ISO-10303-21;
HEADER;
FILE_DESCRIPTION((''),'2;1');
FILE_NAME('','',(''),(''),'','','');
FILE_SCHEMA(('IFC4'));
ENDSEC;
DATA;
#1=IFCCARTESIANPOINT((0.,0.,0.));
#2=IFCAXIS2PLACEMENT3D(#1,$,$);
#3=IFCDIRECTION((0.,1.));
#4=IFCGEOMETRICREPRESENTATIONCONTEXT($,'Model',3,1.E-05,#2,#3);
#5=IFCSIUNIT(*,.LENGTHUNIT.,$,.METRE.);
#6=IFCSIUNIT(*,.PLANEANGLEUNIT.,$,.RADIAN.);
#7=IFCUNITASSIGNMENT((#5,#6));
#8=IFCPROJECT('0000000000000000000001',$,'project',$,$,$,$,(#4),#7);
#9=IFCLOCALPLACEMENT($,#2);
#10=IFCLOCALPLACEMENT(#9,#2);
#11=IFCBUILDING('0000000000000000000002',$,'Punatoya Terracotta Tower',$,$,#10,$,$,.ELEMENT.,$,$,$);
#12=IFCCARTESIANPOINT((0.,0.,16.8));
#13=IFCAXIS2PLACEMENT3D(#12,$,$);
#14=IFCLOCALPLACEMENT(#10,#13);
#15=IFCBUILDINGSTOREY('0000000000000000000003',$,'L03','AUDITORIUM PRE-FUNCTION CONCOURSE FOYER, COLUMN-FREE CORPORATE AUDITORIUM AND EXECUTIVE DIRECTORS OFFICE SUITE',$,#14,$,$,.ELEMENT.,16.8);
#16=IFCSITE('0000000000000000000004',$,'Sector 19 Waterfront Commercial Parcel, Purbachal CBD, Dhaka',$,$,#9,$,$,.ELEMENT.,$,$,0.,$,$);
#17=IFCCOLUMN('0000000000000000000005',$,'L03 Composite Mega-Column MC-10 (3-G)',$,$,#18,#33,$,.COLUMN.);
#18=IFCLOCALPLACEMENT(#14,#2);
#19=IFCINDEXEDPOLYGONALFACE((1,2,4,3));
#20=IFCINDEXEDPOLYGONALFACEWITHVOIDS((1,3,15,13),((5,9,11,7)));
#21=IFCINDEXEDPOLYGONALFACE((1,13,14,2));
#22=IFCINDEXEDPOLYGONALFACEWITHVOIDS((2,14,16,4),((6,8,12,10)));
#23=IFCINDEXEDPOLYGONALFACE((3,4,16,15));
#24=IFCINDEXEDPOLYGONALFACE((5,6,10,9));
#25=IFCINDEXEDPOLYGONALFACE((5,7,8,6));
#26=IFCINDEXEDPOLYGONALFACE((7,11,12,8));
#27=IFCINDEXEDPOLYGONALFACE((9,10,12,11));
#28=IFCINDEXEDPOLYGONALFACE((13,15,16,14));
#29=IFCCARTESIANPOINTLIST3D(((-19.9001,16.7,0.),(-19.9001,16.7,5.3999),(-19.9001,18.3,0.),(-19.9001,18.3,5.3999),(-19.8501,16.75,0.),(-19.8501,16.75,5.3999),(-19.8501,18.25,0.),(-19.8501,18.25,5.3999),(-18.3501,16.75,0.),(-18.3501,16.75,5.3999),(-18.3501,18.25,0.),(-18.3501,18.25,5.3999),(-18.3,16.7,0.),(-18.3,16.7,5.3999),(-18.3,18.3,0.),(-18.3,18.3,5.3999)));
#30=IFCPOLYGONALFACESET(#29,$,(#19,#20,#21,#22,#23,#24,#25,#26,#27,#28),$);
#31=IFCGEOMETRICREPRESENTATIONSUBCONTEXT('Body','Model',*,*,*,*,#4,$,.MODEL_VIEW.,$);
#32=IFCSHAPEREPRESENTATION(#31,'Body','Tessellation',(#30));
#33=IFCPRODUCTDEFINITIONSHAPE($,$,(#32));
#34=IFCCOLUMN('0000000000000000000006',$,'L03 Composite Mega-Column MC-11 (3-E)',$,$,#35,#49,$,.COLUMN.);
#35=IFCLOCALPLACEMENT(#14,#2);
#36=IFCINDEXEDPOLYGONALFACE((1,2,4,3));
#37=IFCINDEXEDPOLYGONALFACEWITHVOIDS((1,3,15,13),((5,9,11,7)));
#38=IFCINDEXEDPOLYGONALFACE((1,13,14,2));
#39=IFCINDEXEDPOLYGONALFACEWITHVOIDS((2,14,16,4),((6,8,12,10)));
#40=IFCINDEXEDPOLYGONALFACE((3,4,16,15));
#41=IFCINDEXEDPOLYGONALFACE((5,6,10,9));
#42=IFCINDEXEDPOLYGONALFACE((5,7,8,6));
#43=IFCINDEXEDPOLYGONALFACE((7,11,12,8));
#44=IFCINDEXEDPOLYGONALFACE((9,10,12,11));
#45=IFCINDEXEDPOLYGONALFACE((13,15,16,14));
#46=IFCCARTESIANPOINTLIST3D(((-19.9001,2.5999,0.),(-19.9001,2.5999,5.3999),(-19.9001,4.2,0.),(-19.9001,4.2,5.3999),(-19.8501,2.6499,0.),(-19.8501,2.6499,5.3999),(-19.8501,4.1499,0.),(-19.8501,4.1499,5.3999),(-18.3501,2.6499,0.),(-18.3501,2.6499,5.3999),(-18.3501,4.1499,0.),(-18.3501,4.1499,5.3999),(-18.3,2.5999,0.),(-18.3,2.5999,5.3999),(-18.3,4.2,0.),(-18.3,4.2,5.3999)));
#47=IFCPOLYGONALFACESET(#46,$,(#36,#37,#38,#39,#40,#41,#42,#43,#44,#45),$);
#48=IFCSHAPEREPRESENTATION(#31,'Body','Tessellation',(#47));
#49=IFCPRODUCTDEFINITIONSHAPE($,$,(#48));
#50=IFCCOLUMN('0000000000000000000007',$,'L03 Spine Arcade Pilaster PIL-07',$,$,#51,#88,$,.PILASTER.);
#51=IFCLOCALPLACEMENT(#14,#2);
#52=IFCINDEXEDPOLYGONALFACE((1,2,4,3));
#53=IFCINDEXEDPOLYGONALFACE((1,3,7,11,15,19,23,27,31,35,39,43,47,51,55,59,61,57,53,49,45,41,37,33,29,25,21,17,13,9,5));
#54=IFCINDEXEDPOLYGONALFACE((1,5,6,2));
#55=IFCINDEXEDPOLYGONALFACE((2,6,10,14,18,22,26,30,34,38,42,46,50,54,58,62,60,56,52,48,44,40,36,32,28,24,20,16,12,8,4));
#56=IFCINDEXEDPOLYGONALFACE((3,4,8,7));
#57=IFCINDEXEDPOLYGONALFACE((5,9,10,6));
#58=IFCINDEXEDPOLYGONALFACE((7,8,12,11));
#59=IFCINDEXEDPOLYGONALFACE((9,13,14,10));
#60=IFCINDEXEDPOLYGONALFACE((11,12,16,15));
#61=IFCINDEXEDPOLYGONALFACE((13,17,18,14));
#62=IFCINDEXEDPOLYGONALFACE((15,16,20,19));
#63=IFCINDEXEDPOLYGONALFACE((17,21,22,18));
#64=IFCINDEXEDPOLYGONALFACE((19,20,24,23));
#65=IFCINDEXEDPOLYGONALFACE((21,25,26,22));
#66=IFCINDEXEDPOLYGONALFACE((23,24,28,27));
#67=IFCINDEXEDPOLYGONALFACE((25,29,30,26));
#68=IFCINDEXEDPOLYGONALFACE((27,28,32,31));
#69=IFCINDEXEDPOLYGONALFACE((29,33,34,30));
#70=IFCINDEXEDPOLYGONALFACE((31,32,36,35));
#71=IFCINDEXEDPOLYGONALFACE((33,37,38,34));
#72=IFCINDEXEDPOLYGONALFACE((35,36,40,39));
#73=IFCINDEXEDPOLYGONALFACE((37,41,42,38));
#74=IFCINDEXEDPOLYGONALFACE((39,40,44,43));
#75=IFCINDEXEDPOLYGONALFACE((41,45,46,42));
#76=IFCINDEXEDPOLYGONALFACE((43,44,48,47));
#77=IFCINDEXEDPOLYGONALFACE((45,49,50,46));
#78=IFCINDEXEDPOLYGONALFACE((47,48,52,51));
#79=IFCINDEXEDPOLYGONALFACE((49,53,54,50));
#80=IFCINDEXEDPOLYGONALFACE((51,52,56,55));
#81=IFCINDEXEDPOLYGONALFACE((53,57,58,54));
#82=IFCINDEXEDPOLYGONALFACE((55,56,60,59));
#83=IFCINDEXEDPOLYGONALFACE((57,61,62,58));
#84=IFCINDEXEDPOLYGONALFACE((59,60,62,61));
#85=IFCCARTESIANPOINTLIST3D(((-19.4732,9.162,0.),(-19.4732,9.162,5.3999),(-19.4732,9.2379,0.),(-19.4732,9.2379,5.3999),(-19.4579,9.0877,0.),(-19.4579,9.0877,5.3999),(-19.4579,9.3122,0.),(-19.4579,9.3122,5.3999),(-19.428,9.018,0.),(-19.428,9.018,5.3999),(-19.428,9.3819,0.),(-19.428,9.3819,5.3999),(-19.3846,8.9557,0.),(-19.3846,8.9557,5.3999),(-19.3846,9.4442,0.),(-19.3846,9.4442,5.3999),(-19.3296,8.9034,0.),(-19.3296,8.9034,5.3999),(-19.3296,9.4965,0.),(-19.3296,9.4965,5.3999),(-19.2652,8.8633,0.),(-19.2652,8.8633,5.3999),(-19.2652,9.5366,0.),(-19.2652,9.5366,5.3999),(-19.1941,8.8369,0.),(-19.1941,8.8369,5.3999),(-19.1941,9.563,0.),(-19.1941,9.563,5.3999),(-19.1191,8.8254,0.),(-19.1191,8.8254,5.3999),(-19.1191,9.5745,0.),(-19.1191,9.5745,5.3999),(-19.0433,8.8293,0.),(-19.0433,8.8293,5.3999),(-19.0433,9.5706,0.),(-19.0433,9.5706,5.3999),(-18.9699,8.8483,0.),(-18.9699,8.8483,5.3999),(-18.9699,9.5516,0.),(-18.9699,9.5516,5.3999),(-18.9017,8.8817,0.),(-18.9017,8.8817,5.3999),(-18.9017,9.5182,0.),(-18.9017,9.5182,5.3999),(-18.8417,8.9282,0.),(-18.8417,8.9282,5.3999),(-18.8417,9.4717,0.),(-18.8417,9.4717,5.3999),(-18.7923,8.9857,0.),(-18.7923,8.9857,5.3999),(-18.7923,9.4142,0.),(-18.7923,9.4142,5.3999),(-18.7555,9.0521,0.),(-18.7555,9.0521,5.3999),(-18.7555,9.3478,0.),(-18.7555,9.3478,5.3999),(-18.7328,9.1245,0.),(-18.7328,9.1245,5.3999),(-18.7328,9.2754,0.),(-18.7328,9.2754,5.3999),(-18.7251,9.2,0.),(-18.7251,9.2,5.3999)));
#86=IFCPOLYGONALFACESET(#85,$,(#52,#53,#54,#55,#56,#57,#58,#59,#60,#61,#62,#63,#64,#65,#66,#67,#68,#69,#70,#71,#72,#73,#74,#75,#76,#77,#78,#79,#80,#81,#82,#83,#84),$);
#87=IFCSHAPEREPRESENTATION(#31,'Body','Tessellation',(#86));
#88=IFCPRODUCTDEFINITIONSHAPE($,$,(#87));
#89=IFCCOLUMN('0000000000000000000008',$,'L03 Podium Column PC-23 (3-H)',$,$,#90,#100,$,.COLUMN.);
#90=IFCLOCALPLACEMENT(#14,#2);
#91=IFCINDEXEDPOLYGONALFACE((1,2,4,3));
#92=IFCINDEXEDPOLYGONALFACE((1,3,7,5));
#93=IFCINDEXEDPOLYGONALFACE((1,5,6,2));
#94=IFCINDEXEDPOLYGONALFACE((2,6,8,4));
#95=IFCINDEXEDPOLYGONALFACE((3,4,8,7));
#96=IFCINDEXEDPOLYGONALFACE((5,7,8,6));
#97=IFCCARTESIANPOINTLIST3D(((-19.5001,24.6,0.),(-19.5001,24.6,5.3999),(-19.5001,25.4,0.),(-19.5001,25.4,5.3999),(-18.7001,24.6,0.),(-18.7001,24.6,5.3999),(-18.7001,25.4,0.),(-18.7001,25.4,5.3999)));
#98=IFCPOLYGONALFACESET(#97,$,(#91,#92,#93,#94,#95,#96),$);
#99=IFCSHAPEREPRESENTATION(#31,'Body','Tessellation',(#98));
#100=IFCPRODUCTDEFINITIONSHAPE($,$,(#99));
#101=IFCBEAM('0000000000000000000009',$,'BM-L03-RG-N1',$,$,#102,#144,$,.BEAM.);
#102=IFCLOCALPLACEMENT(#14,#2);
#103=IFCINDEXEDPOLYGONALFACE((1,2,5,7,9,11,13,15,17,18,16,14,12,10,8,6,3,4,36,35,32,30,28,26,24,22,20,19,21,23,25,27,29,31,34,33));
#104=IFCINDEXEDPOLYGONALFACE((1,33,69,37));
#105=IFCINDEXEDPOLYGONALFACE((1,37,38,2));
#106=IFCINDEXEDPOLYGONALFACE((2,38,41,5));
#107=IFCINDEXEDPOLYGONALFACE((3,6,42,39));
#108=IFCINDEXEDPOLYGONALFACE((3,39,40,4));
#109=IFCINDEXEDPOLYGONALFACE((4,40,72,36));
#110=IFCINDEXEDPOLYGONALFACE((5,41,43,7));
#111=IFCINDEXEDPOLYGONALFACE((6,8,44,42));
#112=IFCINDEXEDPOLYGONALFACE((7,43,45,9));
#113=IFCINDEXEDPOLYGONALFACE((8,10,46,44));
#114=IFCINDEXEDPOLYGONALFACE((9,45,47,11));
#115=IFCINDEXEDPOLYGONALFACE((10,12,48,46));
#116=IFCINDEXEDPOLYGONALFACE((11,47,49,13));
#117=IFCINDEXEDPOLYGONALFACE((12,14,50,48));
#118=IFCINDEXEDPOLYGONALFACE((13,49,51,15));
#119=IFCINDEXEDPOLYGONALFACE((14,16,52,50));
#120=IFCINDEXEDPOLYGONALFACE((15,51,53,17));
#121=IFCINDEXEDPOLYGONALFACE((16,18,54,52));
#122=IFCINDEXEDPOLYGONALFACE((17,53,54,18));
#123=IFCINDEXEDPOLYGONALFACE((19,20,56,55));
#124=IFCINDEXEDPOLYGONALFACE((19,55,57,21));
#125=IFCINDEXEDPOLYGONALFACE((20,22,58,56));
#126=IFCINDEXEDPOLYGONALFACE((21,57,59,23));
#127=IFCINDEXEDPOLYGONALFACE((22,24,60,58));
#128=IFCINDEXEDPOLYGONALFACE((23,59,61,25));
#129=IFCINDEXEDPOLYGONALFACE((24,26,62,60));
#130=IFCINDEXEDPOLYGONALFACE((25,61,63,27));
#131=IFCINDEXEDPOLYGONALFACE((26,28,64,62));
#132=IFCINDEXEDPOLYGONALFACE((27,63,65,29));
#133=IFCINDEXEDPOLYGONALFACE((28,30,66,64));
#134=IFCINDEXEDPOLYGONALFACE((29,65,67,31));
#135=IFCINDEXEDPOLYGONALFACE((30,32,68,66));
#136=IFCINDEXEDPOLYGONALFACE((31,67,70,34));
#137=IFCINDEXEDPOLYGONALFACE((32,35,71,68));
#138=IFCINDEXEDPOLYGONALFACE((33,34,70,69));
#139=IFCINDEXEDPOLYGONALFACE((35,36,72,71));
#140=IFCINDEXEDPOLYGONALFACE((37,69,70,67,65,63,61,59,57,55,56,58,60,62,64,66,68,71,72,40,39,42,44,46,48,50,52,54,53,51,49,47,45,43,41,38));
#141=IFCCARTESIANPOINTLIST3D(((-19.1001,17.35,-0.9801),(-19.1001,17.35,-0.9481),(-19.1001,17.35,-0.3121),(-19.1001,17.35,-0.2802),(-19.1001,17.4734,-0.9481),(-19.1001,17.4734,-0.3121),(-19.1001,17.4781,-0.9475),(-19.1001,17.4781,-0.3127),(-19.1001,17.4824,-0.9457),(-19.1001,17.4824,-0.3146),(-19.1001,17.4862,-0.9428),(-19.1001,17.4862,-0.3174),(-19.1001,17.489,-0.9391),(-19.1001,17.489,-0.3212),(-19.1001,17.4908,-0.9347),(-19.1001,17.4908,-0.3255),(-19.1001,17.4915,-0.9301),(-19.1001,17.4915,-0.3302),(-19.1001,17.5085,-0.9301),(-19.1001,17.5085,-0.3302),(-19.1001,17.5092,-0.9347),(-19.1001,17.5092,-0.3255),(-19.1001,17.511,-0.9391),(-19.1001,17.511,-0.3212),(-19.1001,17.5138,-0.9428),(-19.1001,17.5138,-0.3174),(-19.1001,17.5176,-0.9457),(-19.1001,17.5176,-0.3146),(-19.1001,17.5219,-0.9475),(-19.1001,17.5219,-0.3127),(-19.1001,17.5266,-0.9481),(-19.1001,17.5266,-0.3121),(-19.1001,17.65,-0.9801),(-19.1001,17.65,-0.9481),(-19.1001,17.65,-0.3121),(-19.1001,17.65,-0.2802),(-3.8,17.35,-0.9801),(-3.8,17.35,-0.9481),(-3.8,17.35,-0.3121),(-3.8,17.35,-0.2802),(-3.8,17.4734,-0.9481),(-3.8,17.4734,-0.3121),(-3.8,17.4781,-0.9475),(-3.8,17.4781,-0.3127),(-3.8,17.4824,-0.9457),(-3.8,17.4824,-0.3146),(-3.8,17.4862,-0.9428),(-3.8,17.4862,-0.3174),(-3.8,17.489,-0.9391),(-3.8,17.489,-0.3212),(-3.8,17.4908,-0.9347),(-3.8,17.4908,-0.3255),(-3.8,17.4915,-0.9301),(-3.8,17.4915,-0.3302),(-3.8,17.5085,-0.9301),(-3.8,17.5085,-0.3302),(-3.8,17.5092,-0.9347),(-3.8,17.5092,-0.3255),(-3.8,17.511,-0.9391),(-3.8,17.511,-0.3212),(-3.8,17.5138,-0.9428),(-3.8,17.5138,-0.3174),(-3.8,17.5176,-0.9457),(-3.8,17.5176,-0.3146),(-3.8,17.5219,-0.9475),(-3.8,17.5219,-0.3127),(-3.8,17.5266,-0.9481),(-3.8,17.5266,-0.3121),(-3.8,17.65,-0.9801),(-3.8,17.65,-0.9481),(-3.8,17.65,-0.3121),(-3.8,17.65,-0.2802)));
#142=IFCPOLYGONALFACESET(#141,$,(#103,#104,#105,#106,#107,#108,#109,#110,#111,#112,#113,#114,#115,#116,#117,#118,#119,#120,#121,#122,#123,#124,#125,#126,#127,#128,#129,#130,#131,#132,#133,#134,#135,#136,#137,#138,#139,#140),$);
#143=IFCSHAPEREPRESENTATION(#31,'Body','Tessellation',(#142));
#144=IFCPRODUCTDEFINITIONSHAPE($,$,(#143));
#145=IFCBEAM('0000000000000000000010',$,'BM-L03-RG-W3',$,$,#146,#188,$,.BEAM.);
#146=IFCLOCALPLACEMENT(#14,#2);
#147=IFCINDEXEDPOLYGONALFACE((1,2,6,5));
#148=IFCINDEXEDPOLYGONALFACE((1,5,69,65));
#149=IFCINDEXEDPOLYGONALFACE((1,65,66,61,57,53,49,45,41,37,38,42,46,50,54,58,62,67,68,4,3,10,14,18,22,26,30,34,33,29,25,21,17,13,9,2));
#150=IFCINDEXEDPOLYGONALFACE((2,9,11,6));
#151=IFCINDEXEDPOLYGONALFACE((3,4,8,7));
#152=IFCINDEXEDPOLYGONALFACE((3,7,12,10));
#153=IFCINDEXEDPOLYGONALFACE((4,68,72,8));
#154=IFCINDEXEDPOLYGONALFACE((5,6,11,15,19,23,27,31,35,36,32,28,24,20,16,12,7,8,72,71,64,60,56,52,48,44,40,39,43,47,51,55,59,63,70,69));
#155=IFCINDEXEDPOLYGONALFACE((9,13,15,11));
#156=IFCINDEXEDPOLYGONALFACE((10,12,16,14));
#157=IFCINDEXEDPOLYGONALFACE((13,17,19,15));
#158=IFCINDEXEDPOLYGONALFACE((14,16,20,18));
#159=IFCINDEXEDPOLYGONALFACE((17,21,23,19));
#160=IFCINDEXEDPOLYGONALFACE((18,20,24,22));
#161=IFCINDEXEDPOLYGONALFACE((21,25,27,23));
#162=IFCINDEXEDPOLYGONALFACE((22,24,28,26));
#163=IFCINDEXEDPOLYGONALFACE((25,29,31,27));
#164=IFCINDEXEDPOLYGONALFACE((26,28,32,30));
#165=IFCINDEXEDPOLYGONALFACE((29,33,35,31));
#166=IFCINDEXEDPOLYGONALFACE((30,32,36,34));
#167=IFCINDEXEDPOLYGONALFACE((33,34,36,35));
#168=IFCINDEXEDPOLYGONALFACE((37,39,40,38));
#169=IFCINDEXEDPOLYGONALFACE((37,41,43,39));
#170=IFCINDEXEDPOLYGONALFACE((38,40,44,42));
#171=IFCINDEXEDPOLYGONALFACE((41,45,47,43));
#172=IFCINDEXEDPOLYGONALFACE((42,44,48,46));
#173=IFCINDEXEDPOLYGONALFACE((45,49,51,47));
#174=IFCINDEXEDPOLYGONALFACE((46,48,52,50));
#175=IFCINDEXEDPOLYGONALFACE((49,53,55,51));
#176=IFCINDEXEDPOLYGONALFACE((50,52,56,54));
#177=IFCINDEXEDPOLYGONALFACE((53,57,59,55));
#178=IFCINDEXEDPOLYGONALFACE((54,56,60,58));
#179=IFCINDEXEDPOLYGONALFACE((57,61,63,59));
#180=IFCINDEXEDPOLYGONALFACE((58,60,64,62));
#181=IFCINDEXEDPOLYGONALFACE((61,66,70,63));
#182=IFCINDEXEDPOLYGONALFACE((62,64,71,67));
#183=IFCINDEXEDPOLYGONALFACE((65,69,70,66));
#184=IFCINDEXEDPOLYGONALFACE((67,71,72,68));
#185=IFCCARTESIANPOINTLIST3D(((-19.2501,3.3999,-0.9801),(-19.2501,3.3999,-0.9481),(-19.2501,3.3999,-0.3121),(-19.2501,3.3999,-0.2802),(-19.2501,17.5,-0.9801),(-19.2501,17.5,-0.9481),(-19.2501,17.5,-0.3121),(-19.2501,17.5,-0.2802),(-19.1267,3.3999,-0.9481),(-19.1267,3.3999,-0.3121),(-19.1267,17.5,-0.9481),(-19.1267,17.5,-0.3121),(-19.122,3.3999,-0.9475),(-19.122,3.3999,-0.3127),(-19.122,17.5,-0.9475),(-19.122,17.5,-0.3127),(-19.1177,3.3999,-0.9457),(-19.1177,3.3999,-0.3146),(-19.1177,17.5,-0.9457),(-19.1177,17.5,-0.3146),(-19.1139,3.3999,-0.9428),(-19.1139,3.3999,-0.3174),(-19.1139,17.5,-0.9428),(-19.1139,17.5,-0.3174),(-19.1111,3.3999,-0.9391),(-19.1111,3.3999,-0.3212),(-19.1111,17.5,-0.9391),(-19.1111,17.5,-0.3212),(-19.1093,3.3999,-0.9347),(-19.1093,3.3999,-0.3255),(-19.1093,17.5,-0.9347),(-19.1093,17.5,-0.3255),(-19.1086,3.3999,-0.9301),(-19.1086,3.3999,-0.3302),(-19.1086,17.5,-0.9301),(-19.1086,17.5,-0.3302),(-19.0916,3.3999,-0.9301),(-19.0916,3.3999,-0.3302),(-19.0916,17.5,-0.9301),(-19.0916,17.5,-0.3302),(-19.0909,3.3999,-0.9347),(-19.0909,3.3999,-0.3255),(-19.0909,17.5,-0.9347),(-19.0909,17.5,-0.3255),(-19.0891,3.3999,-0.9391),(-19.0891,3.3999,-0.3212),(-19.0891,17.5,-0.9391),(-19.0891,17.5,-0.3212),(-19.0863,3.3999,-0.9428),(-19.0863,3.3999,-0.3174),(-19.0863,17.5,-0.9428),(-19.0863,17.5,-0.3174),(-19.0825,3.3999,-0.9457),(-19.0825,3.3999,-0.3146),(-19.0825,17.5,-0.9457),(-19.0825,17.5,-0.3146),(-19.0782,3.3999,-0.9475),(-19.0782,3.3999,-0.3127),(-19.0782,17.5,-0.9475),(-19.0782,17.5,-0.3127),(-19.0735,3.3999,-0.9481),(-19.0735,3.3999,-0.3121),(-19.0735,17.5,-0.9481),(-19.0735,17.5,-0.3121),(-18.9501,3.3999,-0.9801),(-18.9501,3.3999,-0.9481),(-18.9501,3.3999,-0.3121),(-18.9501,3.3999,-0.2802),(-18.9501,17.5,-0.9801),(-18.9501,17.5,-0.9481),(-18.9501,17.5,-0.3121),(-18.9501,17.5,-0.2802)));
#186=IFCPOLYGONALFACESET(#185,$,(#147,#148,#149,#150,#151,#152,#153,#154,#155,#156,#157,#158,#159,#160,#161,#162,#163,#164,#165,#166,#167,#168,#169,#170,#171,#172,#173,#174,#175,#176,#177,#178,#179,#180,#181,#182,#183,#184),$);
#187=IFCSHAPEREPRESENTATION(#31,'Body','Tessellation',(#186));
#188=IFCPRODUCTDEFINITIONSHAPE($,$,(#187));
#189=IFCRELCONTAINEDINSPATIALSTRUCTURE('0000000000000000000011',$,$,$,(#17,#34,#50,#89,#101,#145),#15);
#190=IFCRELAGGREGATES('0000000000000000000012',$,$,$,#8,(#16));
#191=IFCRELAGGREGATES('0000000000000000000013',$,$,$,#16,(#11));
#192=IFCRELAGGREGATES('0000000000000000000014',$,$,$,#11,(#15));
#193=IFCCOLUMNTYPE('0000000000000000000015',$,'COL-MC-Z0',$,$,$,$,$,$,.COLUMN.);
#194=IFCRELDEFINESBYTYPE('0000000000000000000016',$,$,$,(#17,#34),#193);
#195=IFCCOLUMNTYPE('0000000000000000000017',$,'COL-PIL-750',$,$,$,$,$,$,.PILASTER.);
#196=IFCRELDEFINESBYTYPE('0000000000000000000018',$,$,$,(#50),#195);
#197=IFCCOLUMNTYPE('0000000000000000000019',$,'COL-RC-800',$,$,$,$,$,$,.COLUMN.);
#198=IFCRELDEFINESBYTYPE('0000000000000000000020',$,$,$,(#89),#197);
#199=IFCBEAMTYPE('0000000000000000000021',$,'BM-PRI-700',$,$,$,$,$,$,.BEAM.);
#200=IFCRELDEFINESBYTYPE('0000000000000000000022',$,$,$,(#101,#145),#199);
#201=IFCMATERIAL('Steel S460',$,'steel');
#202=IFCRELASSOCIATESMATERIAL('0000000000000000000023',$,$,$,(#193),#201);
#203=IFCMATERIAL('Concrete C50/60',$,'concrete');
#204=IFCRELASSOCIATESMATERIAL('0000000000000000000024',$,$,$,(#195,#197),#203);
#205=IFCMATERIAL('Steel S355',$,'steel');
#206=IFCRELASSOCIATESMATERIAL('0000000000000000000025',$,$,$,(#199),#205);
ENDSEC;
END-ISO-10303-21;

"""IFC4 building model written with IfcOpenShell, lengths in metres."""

from ifc_helpers import new_model, si_unit, direction, frame, origin, origin_2d, place, context, subcontext, project, spatial, rectangle, hollow_rectangle, circle, i_section, extrude, material, material_profile, profile_set, type_object, element, save


model = new_model("IFC4")

# Units and contexts
model_context = context("Model", 3, precision=1e-05, world=origin(), true_north=direction((0.0, 1.0)))
body_context = subcontext(model_context, "Body", "Model", "MODEL_VIEW")
ifc_project = project(units=[si_unit("LENGTHUNIT", "METRE"), si_unit("PLANEANGLEUNIT", "RADIAN")], contexts=[model_context])

# Site, building, storey
site_placement = place(None, origin())
site = spatial("IfcSite", under=ifc_project, at=site_placement, Name="Sector 19 Waterfront Commercial Parcel, Purbachal CBD, Dhaka", CompositionType="ELEMENT", RefElevation=0.0)
building_placement = place(site_placement, origin())
building = spatial("IfcBuilding", under=site, at=building_placement, Name="Punatoya Terracotta Tower", CompositionType="ELEMENT")
storey_placement = place(building_placement, frame((0.0, 0.0, 16.8)))
storey = spatial("IfcBuildingStorey", under=building, at=storey_placement, Name="L03", Description="AUDITORIUM PRE-FUNCTION CONCOURSE FOYER, COLUMN-FREE CORPORATE AUDITORIUM AND EXECUTIVE DIRECTORS OFFICE SUITE", CompositionType="ELEMENT", Elevation=16.8)

# Columns
ifc_material_1 = material(Name="Steel S460", Category="steel")
ifc_material_profile_1 = material_profile(ifc_material_1, hollow_rectangle(XDim=1.6001, YDim=1.6001, WallThickness=0.05, at=origin_2d()))
ifc_profile_set_1 = profile_set([ifc_material_profile_1], Name="Steel S460")
column_type_1 = type_object("IfcColumnType", Name="COL-MC-Z0", PredefinedType="COLUMN", material=ifc_profile_set_1)
for number, where, z_axis, x_axis, name in (
    (1, (-19.1001, 17.5, 0.0), (0.0, 0.0, 1.0), (1.0, 0.0, 0.0), "L03 Composite Mega-Column MC-10 (3-G)"),
    (2, (-19.1001, 3.3999, 0.0), (0.0, 0.0, 1.0), (1.0, 0.0, 0.0), "L03 Composite Mega-Column MC-11 (3-E)"),
):
    element("IfcColumn", number, at=place(storey_placement, frame(where, z_axis=z_axis, x_axis=x_axis)), inside=storey, type_object=column_type_1, Name=name, PredefinedType="COLUMN", context=body_context, shape_type="SweptSolid", body=[
        extrude(hollow_rectangle(XDim=1.6001, YDim=1.6001, WallThickness=0.05, at=origin_2d()), origin(), (0.0, 0.0, 1.0), 5.3999),
    ])
ifc_material_2 = material(Name="Concrete C50/60", Category="concrete")
ifc_material_profile_2 = material_profile(ifc_material_2, circle(Radius=0.375, at=origin_2d()))
ifc_profile_set_2 = profile_set([ifc_material_profile_2], Name="Concrete C50/60")
column_type_2 = type_object("IfcColumnType", Name="COL-PIL-750", PredefinedType="PILASTER", material=ifc_profile_set_2)
column_1_placement = place(storey_placement, frame((-19.1001, 9.2, 0.0), z_axis=(0.0, 0.0, 1.0), x_axis=(1.0, 0.0, 0.0)))
element("IfcColumn", 3, at=column_1_placement, inside=storey, type_object=column_type_2, Name="L03 Spine Arcade Pilaster PIL-07", PredefinedType="PILASTER", context=body_context, shape_type="SweptSolid", body=[
    extrude(circle(Radius=0.375, at=origin_2d()), origin(), (0.0, 0.0, 1.0), 5.3999),
])
ifc_material_profile_3 = material_profile(ifc_material_2, rectangle(XDim=0.8, YDim=0.8, at=origin_2d()))
ifc_profile_set_3 = profile_set([ifc_material_profile_3], Name="Concrete C50/60")
column_type_3 = type_object("IfcColumnType", Name="COL-RC-800", PredefinedType="COLUMN", material=ifc_profile_set_3)
column_2_placement = place(storey_placement, frame((-19.1001, 25.0, 0.0), z_axis=(0.0, 0.0, 1.0), x_axis=(1.0, 0.0, 0.0)))
element("IfcColumn", 4, at=column_2_placement, inside=storey, type_object=column_type_3, Name="L03 Podium Column PC-23 (3-H)", PredefinedType="COLUMN", context=body_context, shape_type="SweptSolid", body=[
    extrude(rectangle(XDim=0.8, YDim=0.8, at=origin_2d()), origin(), (0.0, 0.0, 1.0), 5.3999),
])

# Beams
ifc_material_3 = material(Name="Steel S355", Category="steel")
ifc_material_profile_4 = material_profile(ifc_material_3, i_section(OverallWidth=0.3, OverallDepth=0.7, WebThickness=0.0171, FlangeThickness=0.032, FilletRadius=0.0181, at=origin_2d()))
ifc_profile_set_4 = profile_set([ifc_material_profile_4], Name="Steel S355")
beam_type_1 = type_object("IfcBeamType", Name="BM-PRI-700", PredefinedType="BEAM", material=ifc_profile_set_4)
beam_1_placement = place(storey_placement, frame((-19.1001, 17.5, -0.6301), z_axis=(1.0, 0.0, 0.0), x_axis=(0.0, 1.0, 0.0)))
element("IfcBeam", 5, at=beam_1_placement, inside=storey, type_object=beam_type_1, Name="BM-L03-RG-N1", PredefinedType="BEAM", context=body_context, shape_type="SweptSolid", body=[
    extrude(i_section(OverallWidth=0.3, OverallDepth=0.7, WebThickness=0.0171, FlangeThickness=0.032, FilletRadius=0.0181, at=origin_2d()), origin(), (0.0, 0.0, 1.0), 15.3),
])
beam_2_placement = place(storey_placement, frame((-19.1001, 3.3999, -0.6301), z_axis=(0.0, 1.0, 0.0), x_axis=(-1.0, 0.0, 0.0)))
element("IfcBeam", 6, at=beam_2_placement, inside=storey, type_object=beam_type_1, Name="BM-L03-RG-W3", PredefinedType="BEAM", context=body_context, shape_type="SweptSolid", body=[
    extrude(i_section(OverallWidth=0.3, OverallDepth=0.7, WebThickness=0.0171, FlangeThickness=0.032, FilletRadius=0.0181, at=origin_2d()), origin(), (0.0, 0.0, 1.0), 14.1001),
])

save(model, "model.ifc")
